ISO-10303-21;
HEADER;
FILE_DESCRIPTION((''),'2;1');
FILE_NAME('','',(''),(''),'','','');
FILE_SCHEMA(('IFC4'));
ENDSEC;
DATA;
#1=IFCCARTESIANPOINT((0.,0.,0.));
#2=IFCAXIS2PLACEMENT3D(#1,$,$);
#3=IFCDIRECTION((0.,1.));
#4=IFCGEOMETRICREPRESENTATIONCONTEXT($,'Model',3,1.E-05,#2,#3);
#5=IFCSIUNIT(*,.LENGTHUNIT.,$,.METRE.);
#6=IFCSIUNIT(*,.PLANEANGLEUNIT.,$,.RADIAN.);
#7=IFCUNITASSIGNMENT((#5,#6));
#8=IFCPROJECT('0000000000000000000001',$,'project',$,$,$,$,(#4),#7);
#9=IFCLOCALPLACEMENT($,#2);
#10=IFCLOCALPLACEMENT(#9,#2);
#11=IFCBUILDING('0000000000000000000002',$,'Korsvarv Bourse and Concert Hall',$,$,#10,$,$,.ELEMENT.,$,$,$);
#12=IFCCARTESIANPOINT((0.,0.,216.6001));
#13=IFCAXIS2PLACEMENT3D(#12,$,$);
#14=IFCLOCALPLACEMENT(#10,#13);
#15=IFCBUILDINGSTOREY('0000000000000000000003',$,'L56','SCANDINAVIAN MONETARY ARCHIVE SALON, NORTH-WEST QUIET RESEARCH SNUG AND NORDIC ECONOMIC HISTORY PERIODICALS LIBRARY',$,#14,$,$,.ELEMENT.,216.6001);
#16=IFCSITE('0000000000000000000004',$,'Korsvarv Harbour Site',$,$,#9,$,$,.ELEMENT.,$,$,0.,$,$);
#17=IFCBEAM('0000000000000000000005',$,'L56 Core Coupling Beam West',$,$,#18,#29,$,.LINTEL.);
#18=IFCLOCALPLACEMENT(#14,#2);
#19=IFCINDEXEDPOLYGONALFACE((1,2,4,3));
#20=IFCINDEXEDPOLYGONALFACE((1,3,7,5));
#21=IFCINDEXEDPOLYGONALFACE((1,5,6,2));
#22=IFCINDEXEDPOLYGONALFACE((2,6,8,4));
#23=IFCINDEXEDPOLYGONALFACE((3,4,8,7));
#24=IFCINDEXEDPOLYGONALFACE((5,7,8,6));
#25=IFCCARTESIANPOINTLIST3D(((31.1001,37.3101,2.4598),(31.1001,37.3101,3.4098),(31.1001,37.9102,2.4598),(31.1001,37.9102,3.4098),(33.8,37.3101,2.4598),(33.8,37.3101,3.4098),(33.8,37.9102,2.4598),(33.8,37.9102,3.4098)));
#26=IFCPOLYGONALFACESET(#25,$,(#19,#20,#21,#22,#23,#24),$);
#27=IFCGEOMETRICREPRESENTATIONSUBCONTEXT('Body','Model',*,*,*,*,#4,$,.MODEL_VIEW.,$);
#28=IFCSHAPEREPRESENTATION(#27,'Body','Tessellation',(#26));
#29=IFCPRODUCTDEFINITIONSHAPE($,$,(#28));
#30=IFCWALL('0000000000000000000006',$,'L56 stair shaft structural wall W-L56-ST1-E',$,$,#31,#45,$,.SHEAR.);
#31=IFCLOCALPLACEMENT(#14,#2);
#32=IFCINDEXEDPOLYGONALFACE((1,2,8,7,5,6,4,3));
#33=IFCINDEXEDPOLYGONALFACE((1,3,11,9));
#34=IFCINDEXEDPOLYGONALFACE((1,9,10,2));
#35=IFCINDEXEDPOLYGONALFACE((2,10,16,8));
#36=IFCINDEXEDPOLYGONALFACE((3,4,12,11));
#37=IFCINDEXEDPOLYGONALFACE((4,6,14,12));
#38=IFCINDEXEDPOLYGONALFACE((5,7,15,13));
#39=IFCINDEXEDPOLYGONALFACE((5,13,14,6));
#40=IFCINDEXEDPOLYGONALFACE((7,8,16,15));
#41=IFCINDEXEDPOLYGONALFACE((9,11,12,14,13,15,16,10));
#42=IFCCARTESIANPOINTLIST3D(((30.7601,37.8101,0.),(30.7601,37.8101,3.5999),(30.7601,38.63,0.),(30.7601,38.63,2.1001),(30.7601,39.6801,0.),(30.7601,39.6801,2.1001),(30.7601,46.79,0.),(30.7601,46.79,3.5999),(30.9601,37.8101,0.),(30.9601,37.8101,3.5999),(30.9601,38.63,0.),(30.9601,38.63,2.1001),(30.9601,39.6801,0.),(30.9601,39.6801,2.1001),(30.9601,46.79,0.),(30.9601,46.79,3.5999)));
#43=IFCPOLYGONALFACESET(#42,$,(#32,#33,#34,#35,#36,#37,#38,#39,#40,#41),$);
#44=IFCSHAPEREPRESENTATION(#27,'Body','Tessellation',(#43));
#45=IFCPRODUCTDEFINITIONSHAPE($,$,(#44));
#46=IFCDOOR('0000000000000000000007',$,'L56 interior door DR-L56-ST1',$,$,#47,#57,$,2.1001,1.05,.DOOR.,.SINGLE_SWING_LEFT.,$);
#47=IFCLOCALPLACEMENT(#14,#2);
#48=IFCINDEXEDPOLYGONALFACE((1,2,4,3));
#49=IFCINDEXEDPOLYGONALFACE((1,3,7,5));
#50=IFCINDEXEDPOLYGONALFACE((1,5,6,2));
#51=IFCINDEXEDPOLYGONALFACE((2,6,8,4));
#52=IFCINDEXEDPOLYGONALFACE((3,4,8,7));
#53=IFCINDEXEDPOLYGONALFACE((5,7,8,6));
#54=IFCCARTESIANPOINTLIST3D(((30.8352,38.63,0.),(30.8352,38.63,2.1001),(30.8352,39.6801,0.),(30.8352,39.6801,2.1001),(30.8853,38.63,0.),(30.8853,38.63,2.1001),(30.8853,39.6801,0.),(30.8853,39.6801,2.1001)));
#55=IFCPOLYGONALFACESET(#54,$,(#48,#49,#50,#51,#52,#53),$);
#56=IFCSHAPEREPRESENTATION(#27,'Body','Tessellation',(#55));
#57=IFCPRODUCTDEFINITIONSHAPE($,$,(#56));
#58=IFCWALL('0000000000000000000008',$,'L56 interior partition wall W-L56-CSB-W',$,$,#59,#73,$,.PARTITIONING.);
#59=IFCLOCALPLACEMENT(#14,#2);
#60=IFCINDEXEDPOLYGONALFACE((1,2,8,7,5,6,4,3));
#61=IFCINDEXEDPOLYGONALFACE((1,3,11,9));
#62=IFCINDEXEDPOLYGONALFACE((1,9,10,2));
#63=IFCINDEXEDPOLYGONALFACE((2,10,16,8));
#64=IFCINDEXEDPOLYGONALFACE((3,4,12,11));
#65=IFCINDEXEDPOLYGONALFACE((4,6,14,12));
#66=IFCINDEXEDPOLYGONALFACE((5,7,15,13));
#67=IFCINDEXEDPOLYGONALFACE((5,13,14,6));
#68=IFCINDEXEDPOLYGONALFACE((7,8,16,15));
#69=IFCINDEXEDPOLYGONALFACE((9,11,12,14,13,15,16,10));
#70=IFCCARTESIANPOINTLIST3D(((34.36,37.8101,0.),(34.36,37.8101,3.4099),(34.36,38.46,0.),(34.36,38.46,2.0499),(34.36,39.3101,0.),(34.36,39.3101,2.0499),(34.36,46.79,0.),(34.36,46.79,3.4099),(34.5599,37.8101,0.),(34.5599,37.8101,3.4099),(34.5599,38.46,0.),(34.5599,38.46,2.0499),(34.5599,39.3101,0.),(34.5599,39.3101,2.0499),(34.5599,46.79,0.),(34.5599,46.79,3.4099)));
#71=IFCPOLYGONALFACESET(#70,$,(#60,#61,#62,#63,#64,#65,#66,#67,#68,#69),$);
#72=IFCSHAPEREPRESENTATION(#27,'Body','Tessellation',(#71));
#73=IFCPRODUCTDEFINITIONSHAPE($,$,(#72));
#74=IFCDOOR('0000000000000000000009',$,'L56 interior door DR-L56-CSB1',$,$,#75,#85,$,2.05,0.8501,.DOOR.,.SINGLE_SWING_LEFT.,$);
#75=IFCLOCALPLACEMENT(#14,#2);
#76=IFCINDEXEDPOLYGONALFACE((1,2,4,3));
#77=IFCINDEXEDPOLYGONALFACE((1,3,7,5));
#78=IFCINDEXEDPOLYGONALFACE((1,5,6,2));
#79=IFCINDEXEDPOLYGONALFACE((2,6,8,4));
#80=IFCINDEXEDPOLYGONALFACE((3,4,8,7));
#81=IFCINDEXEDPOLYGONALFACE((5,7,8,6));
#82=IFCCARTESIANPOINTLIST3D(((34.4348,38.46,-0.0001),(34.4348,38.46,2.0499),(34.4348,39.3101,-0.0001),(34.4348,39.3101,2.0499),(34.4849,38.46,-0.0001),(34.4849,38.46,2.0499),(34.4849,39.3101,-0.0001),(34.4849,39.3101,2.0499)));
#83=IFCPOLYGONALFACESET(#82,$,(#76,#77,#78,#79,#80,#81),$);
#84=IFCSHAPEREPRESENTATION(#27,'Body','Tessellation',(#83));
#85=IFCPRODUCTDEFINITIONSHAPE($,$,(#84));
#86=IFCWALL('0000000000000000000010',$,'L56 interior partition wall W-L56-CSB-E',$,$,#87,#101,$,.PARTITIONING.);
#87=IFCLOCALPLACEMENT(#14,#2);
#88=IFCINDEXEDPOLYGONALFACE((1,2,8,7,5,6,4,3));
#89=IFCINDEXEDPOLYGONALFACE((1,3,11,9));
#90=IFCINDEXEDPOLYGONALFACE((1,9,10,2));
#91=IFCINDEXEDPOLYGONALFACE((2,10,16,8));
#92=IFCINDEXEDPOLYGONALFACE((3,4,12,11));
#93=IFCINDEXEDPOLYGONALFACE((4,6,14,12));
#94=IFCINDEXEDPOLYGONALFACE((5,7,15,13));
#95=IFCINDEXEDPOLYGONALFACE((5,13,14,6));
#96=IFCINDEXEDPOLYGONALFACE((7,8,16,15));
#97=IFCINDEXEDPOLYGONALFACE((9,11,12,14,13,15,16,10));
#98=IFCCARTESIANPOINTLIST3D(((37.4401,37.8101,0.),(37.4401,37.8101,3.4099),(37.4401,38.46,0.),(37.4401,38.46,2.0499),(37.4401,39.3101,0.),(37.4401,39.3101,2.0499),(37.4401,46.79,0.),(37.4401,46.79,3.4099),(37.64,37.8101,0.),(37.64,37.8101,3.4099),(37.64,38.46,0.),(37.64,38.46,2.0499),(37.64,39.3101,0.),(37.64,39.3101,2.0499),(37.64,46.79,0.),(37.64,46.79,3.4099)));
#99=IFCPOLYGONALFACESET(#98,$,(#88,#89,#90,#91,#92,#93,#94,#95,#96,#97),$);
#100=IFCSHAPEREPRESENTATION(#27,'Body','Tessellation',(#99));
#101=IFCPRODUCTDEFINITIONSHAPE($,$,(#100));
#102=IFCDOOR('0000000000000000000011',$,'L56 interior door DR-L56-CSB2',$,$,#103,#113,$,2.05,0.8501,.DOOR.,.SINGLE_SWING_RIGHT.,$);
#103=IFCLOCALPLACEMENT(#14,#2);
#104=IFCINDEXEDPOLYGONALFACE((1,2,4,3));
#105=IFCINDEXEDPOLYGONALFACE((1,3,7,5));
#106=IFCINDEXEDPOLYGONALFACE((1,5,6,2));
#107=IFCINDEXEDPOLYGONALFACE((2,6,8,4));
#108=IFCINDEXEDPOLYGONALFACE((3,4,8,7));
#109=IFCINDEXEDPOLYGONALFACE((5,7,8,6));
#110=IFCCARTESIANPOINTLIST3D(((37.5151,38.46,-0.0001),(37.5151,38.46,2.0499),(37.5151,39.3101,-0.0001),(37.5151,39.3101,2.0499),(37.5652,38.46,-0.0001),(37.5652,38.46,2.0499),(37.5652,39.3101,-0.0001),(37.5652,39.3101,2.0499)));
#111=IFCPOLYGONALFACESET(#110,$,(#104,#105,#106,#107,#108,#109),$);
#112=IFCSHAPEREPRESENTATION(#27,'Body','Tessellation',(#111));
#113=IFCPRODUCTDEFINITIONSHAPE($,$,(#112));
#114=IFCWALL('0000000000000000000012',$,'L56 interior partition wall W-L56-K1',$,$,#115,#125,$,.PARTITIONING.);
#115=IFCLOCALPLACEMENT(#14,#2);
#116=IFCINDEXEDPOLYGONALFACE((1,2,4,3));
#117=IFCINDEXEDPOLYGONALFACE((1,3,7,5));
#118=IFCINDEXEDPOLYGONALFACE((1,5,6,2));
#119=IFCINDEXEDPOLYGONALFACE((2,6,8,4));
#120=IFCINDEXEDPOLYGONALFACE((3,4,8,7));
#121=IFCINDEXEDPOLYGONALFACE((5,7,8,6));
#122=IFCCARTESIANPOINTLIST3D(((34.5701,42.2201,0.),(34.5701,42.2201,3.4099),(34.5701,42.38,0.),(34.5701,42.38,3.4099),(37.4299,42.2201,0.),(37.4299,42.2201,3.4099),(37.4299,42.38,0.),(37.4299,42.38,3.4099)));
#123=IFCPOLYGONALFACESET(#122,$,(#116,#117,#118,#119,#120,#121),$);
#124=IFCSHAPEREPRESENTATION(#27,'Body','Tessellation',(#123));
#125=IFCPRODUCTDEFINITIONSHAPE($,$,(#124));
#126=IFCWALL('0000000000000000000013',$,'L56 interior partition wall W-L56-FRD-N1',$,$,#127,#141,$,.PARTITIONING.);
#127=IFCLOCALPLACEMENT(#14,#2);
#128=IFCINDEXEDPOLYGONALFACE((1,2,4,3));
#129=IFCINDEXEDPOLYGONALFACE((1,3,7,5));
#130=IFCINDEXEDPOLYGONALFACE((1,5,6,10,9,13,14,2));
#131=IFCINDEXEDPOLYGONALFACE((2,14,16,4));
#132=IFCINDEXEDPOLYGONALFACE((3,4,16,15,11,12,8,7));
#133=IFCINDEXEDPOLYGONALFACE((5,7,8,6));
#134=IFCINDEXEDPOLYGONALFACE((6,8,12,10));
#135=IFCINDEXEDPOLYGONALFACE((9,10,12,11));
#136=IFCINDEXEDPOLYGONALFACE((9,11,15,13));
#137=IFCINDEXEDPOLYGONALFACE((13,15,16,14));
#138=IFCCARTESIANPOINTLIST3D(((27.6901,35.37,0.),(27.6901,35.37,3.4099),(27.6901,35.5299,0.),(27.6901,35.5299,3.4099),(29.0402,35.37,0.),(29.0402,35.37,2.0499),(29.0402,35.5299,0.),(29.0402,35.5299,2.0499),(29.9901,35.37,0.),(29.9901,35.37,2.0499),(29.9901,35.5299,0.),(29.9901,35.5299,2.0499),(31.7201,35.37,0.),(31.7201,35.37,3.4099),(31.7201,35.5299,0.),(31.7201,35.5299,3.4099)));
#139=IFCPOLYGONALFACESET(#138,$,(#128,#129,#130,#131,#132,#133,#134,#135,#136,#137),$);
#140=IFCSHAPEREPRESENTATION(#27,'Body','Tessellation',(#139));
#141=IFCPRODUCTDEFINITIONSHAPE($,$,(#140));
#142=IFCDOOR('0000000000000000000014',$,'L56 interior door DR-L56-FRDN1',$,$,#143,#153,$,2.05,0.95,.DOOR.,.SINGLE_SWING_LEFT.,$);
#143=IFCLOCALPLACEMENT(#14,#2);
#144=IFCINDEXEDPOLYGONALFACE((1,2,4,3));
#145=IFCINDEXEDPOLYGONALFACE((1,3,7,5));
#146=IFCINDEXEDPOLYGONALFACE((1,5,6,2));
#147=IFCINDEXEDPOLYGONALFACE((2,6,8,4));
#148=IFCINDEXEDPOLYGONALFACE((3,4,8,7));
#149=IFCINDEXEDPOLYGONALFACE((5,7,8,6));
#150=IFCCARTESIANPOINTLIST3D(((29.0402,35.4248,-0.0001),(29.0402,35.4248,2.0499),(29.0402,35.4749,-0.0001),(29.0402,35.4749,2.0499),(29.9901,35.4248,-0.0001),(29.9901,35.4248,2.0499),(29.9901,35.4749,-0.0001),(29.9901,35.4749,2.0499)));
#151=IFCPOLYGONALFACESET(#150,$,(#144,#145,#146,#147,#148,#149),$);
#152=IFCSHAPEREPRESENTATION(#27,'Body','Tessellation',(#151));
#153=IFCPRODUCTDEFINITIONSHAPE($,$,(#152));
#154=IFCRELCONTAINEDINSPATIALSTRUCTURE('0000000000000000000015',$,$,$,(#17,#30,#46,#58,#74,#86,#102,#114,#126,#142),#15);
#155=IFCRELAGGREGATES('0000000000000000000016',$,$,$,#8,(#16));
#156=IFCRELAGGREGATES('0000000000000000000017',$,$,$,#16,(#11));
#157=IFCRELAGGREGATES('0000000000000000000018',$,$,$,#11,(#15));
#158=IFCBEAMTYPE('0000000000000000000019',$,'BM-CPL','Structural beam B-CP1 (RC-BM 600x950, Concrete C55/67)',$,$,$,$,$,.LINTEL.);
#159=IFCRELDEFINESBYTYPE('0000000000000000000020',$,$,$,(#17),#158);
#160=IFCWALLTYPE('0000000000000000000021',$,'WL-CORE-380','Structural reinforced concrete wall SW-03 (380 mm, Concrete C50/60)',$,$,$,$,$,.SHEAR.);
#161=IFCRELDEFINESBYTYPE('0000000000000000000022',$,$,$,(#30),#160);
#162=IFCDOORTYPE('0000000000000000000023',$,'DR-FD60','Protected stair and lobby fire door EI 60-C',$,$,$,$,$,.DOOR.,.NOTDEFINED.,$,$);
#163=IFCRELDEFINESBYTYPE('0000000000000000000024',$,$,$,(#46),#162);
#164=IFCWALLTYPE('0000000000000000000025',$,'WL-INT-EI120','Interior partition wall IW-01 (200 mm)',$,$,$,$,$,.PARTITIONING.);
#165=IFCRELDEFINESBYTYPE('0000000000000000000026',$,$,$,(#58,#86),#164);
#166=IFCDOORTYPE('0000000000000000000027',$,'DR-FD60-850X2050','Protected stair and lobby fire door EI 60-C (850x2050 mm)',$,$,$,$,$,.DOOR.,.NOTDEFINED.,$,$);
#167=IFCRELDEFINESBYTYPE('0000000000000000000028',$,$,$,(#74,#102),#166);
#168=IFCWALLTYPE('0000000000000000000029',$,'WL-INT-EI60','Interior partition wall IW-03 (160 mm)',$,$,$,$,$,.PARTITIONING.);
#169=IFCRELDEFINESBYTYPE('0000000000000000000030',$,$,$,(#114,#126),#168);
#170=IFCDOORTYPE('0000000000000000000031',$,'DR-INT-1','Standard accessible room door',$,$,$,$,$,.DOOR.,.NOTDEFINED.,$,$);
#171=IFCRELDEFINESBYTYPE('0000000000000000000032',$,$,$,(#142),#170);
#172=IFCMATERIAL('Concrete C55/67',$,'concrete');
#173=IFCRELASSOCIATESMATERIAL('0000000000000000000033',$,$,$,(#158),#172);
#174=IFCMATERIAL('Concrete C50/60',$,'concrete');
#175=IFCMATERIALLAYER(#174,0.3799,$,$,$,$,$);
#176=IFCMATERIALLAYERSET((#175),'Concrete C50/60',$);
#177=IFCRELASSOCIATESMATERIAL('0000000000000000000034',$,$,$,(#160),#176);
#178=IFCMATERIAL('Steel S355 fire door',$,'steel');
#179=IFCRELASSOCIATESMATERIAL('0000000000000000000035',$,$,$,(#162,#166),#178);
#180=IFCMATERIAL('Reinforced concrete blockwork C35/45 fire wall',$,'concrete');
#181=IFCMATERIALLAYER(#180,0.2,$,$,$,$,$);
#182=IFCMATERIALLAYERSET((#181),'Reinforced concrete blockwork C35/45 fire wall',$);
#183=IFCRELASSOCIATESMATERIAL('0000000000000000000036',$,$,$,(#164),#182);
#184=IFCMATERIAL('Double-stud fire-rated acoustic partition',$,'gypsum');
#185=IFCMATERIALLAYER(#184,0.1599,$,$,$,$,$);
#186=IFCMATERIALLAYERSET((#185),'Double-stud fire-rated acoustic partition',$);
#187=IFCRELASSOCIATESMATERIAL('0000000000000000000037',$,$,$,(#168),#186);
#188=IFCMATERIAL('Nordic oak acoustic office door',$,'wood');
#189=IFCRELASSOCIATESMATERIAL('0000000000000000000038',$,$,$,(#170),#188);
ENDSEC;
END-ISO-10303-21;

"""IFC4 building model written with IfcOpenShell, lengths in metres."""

from ifc_helpers import new_model, si_unit, direction, frame, frame_2d, origin, origin_2d, place, context, subcontext, project, spatial, rectangle, extrude, source, transform, mapped, material, layer, layer_set, material_profile, profile_set, type_object, element, fill, save


model = new_model("IFC4")

# Units and contexts
model_context = context("Model", 3, precision=1e-05, world=origin(), true_north=direction((0.0, 1.0)))
body_context = subcontext(model_context, "Body", "Model", "MODEL_VIEW")
ifc_project = project(units=[si_unit("LENGTHUNIT", "METRE"), si_unit("PLANEANGLEUNIT", "RADIAN")], contexts=[model_context])

# Site, building, storey
site_placement = place(None, origin())
site = spatial("IfcSite", under=ifc_project, at=site_placement, Name="Korsvarv Harbour Site", CompositionType="ELEMENT", RefElevation=0.0)
building_placement = place(site_placement, origin())
building = spatial("IfcBuilding", under=site, at=building_placement, Name="Korsvarv Bourse and Concert Hall", CompositionType="ELEMENT")
storey_placement = place(building_placement, frame((0.0, 0.0, 216.6001)))
storey = spatial("IfcBuildingStorey", under=building, at=storey_placement, Name="L56", Description="SCANDINAVIAN MONETARY ARCHIVE SALON, NORTH-WEST QUIET RESEARCH SNUG AND NORDIC ECONOMIC HISTORY PERIODICALS LIBRARY", CompositionType="ELEMENT", Elevation=216.6001)

# Beam
ifc_material_1 = material(Name="Concrete C55/67", Category="concrete")
ifc_material_profile = material_profile(ifc_material_1, rectangle(XDim=0.6001, YDim=0.95, at=origin_2d()), Name="RC-BM 600x950")
ifc_profile_set = profile_set([ifc_material_profile], Name="Concrete C55/67")
beam_type = type_object("IfcBeamType", Name="BM-CPL", Description="Structural beam B-CP1 (RC-BM 600x950, Concrete C55/67)", PredefinedType="LINTEL", material=ifc_profile_set)
shared_shape = source(origin(), body_context, "Body", "SweptSolid", [
    extrude(rectangle(XDim=0.6001, YDim=0.95, at=origin_2d()), origin(), (0.0, 0.0, 1.0), 2.7),
])
beam_placement = place(storey_placement, frame((31.1001, 37.6101, 2.9348), z_axis=(1.0, 0.0, 0.0), x_axis=(0.0, 1.0, 0.0)))
element("IfcBeam", 1, at=beam_placement, inside=storey, type_object=beam_type, Name="L56 Core Coupling Beam West", PredefinedType="LINTEL", context=body_context, shape_type="MappedRepresentation", body=[
    mapped(shared_shape, transform((0.0, 0.0, 0.0), scale=1.0)),
])

# Walls, openings, doors
ifc_material_2 = material(Name="Concrete C50/60", Category="concrete")
ifc_layer_1 = layer(ifc_material_2, 0.3799)
ifc_layer_set_1 = layer_set([ifc_layer_1], Name="Concrete C50/60")
wall_type_1 = type_object("IfcWallType", Name="WL-CORE-380", Description="Structural reinforced concrete wall SW-03 (380 mm, Concrete C50/60)", PredefinedType="SHEAR", material=ifc_layer_set_1)
wall_1_placement = place(storey_placement, frame((30.8601, 37.8101, 0.0), z_axis=(0.0, 0.0, 1.0), x_axis=(0.0, 1.0, 0.0)))
wall_1 = element("IfcWall", 2, at=wall_1_placement, inside=storey, type_object=wall_type_1, Name="L56 stair shaft structural wall W-L56-ST1-E", PredefinedType="SHEAR", context=body_context, shape_type="SweptSolid", body=[
    extrude(rectangle(XDim=8.98, YDim=0.2, at=frame_2d((4.49, 0.0))), origin(), (0.0, 0.0, 1.0), 3.5999),
])
opening_1_placement = place(wall_1_placement, frame((0.8201, 0.0, 0.0)))
opening_1 = element("IfcOpeningElement", 3, at=opening_1_placement, cuts=wall_1, PredefinedType="OPENING", context=body_context, shape_type="SweptSolid", body=[
    extrude(rectangle(XDim=1.05, YDim=2.1001, at=frame_2d((0.5249, 1.05))), frame((0.0, 0.1099, 0.0), z_axis=(0.0, -1.0, 0.0), x_axis=(1.0, 0.0, 0.0)), (0.0, 0.0, 1.0), 0.22),
])
ifc_material_3 = material(Name="Steel S355 fire door", Category="steel")
door_type_1 = type_object("IfcDoorType", Name="DR-FD60", Description="Protected stair and lobby fire door EI 60-C", OperationType="NOTDEFINED", PredefinedType="DOOR", material=ifc_material_3)
door_1_placement = place(opening_1_placement, origin())
door_1 = element("IfcDoor", 4, at=door_1_placement, inside=storey, type_object=door_type_1, Name="L56 interior door DR-L56-ST1", OperationType="SINGLE_SWING_LEFT", OverallHeight=2.1001, OverallWidth=1.05, PredefinedType="DOOR", context=body_context, shape_type="SweptSolid", body=[
    extrude(rectangle(XDim=1.05, YDim=2.1001, at=frame_2d((0.5249, 1.05))), frame((0.0, 0.0249, 0.0), z_axis=(0.0, -1.0, 0.0), x_axis=(1.0, 0.0, 0.0)), (0.0, 0.0, 1.0), 0.05),
])
fill(opening_1, door_1)
ifc_material_4 = material(Name="Reinforced concrete blockwork C35/45 fire wall", Category="concrete")
ifc_layer_2 = layer(ifc_material_4, 0.2)
ifc_layer_set_2 = layer_set([ifc_layer_2], Name="Reinforced concrete blockwork C35/45 fire wall")
wall_type_2 = type_object("IfcWallType", Name="WL-INT-EI120", Description="Interior partition wall IW-01 (200 mm)", PredefinedType="PARTITIONING", material=ifc_layer_set_2)
wall_2_placement = place(storey_placement, frame((34.46, 37.8101, 0.0), z_axis=(0.0, 0.0, 1.0), x_axis=(0.0, 1.0, 0.0)))
wall_2 = element("IfcWall", 5, at=wall_2_placement, inside=storey, type_object=wall_type_2, Name="L56 interior partition wall W-L56-CSB-W", PredefinedType="PARTITIONING", context=body_context, shape_type="SweptSolid", body=[
    extrude(rectangle(XDim=8.98, YDim=0.2, at=frame_2d((4.49, 0.0))), origin(), (0.0, 0.0, 1.0), 3.4099),
])
opening_2_placement = place(wall_2_placement, frame((0.6499, 0.0, 0.0)))
opening_2 = element("IfcOpeningElement", 6, at=opening_2_placement, cuts=wall_2, PredefinedType="OPENING", context=body_context, shape_type="SweptSolid", body=[
    extrude(rectangle(XDim=0.8501, YDim=2.05, at=frame_2d((0.425, 1.0249))), frame((0.0, 0.1099, 0.0), z_axis=(0.0, -1.0, 0.0), x_axis=(1.0, 0.0, 0.0)), (0.0, 0.0, 1.0), 0.22),
])
door_type_2 = type_object("IfcDoorType", Name="DR-FD60-850X2050", Description="Protected stair and lobby fire door EI 60-C (850x2050 mm)", OperationType="NOTDEFINED", PredefinedType="DOOR", material=ifc_material_3)
door_2_placement = place(opening_2_placement, frame((0.8501, 0.0, 0.0), z_axis=(0.0, 0.0, 1.0), x_axis=(-1.0, 0.0, 0.0)))
door_2 = element("IfcDoor", 7, at=door_2_placement, inside=storey, type_object=door_type_2, Name="L56 interior door DR-L56-CSB1", OperationType="SINGLE_SWING_LEFT", OverallHeight=2.05, OverallWidth=0.8501, PredefinedType="DOOR", context=body_context, shape_type="SweptSolid", body=[
    extrude(rectangle(XDim=0.8501, YDim=2.05, at=frame_2d((0.425, 1.0249))), frame((0.0, 0.0249, 0.0), z_axis=(0.0, -1.0, 0.0), x_axis=(1.0, 0.0, 0.0)), (0.0, 0.0, 1.0), 0.05),
])
fill(opening_2, door_2)
wall_3_placement = place(storey_placement, frame((37.54, 37.8101, 0.0), z_axis=(0.0, 0.0, 1.0), x_axis=(0.0, 1.0, 0.0)))
wall_3 = element("IfcWall", 8, at=wall_3_placement, inside=storey, type_object=wall_type_2, Name="L56 interior partition wall W-L56-CSB-E", PredefinedType="PARTITIONING", context=body_context, shape_type="SweptSolid", body=[
    extrude(rectangle(XDim=8.98, YDim=0.2, at=frame_2d((4.49, 0.0))), origin(), (0.0, 0.0, 1.0), 3.4099),
])
opening_3_placement = place(wall_3_placement, frame((0.6499, 0.0, 0.0)))
opening_3 = element("IfcOpeningElement", 9, at=opening_3_placement, cuts=wall_3, PredefinedType="OPENING", context=body_context, shape_type="SweptSolid", body=[
    extrude(rectangle(XDim=0.8501, YDim=2.05, at=frame_2d((0.425, 1.0249))), frame((0.0, 0.1099, 0.0), z_axis=(0.0, -1.0, 0.0), x_axis=(1.0, 0.0, 0.0)), (0.0, 0.0, 1.0), 0.22),
])
door_3_placement = place(opening_3_placement, origin())
door_3 = element("IfcDoor", 10, at=door_3_placement, inside=storey, type_object=door_type_2, Name="L56 interior door DR-L56-CSB2", OperationType="SINGLE_SWING_RIGHT", OverallHeight=2.05, OverallWidth=0.8501, PredefinedType="DOOR", context=body_context, shape_type="SweptSolid", body=[
    extrude(rectangle(XDim=0.8501, YDim=2.05, at=frame_2d((0.425, 1.0249))), frame((0.0, 0.0249, 0.0), z_axis=(0.0, -1.0, 0.0), x_axis=(1.0, 0.0, 0.0)), (0.0, 0.0, 1.0), 0.05),
])
fill(opening_3, door_3)

# Wall
ifc_material_5 = material(Name="Double-stud fire-rated acoustic partition", Category="gypsum")
ifc_layer_3 = layer(ifc_material_5, 0.1599)
ifc_layer_set_3 = layer_set([ifc_layer_3], Name="Double-stud fire-rated acoustic partition")
wall_type_3 = type_object("IfcWallType", Name="WL-INT-EI60", Description="Interior partition wall IW-03 (160 mm)", PredefinedType="PARTITIONING", material=ifc_layer_set_3)
wall_4_placement = place(storey_placement, frame((34.5701, 42.3, 0.0), z_axis=(0.0, 0.0, 1.0), x_axis=(1.0, 0.0, 0.0)))
element("IfcWall", 11, at=wall_4_placement, inside=storey, type_object=wall_type_3, Name="L56 interior partition wall W-L56-K1", PredefinedType="PARTITIONING", context=body_context, shape_type="SweptSolid", body=[
    extrude(rectangle(XDim=2.8599, YDim=0.1599, at=frame_2d((1.4299, 0.0))), origin(), (0.0, 0.0, 1.0), 3.4099),
])

# Wall, opening, door
wall_5_placement = place(storey_placement, frame((27.6899, 35.45, 0.0), z_axis=(0.0, 0.0, 1.0), x_axis=(1.0, 0.0, 0.0)))
wall_5 = element("IfcWall", 12, at=wall_5_placement, inside=storey, type_object=wall_type_3, Name="L56 interior partition wall W-L56-FRD-N1", PredefinedType="PARTITIONING", context=body_context, shape_type="SweptSolid", body=[
    extrude(rectangle(XDim=4.03, YDim=0.1599, at=frame_2d((2.0151, 0.0))), origin(), (0.0, 0.0, 1.0), 3.4099),
])
opening_4_placement = place(wall_5_placement, frame((1.3501, 0.0, 0.0)))
opening_4 = element("IfcOpeningElement", 13, at=opening_4_placement, cuts=wall_5, PredefinedType="OPENING", context=body_context, shape_type="SweptSolid", body=[
    extrude(rectangle(XDim=0.95, YDim=2.05, at=frame_2d((0.4751, 1.0249))), frame((0.0, 0.0898, 0.0), z_axis=(0.0, -1.0, 0.0), x_axis=(1.0, 0.0, 0.0)), (0.0, 0.0, 1.0), 0.1799),
])
ifc_material_6 = material(Name="Nordic oak acoustic office door", Category="wood")
door_type_3 = type_object("IfcDoorType", Name="DR-INT-1", Description="Standard accessible room door", OperationType="NOTDEFINED", PredefinedType="DOOR", material=ifc_material_6)
door_4_placement = place(opening_4_placement, origin())
door_4 = element("IfcDoor", 14, at=door_4_placement, inside=storey, type_object=door_type_3, Name="L56 interior door DR-L56-FRDN1", OperationType="SINGLE_SWING_LEFT", OverallHeight=2.05, OverallWidth=0.95, PredefinedType="DOOR", context=body_context, shape_type="SweptSolid", body=[
    extrude(rectangle(XDim=0.95, YDim=2.05, at=frame_2d((0.4751, 1.0249))), frame((0.0, 0.0249, 0.0), z_axis=(0.0, -1.0, 0.0), x_axis=(1.0, 0.0, 0.0)), (0.0, 0.0, 1.0), 0.05),
])
fill(opening_4, door_4)

save(model, "model.ifc")
